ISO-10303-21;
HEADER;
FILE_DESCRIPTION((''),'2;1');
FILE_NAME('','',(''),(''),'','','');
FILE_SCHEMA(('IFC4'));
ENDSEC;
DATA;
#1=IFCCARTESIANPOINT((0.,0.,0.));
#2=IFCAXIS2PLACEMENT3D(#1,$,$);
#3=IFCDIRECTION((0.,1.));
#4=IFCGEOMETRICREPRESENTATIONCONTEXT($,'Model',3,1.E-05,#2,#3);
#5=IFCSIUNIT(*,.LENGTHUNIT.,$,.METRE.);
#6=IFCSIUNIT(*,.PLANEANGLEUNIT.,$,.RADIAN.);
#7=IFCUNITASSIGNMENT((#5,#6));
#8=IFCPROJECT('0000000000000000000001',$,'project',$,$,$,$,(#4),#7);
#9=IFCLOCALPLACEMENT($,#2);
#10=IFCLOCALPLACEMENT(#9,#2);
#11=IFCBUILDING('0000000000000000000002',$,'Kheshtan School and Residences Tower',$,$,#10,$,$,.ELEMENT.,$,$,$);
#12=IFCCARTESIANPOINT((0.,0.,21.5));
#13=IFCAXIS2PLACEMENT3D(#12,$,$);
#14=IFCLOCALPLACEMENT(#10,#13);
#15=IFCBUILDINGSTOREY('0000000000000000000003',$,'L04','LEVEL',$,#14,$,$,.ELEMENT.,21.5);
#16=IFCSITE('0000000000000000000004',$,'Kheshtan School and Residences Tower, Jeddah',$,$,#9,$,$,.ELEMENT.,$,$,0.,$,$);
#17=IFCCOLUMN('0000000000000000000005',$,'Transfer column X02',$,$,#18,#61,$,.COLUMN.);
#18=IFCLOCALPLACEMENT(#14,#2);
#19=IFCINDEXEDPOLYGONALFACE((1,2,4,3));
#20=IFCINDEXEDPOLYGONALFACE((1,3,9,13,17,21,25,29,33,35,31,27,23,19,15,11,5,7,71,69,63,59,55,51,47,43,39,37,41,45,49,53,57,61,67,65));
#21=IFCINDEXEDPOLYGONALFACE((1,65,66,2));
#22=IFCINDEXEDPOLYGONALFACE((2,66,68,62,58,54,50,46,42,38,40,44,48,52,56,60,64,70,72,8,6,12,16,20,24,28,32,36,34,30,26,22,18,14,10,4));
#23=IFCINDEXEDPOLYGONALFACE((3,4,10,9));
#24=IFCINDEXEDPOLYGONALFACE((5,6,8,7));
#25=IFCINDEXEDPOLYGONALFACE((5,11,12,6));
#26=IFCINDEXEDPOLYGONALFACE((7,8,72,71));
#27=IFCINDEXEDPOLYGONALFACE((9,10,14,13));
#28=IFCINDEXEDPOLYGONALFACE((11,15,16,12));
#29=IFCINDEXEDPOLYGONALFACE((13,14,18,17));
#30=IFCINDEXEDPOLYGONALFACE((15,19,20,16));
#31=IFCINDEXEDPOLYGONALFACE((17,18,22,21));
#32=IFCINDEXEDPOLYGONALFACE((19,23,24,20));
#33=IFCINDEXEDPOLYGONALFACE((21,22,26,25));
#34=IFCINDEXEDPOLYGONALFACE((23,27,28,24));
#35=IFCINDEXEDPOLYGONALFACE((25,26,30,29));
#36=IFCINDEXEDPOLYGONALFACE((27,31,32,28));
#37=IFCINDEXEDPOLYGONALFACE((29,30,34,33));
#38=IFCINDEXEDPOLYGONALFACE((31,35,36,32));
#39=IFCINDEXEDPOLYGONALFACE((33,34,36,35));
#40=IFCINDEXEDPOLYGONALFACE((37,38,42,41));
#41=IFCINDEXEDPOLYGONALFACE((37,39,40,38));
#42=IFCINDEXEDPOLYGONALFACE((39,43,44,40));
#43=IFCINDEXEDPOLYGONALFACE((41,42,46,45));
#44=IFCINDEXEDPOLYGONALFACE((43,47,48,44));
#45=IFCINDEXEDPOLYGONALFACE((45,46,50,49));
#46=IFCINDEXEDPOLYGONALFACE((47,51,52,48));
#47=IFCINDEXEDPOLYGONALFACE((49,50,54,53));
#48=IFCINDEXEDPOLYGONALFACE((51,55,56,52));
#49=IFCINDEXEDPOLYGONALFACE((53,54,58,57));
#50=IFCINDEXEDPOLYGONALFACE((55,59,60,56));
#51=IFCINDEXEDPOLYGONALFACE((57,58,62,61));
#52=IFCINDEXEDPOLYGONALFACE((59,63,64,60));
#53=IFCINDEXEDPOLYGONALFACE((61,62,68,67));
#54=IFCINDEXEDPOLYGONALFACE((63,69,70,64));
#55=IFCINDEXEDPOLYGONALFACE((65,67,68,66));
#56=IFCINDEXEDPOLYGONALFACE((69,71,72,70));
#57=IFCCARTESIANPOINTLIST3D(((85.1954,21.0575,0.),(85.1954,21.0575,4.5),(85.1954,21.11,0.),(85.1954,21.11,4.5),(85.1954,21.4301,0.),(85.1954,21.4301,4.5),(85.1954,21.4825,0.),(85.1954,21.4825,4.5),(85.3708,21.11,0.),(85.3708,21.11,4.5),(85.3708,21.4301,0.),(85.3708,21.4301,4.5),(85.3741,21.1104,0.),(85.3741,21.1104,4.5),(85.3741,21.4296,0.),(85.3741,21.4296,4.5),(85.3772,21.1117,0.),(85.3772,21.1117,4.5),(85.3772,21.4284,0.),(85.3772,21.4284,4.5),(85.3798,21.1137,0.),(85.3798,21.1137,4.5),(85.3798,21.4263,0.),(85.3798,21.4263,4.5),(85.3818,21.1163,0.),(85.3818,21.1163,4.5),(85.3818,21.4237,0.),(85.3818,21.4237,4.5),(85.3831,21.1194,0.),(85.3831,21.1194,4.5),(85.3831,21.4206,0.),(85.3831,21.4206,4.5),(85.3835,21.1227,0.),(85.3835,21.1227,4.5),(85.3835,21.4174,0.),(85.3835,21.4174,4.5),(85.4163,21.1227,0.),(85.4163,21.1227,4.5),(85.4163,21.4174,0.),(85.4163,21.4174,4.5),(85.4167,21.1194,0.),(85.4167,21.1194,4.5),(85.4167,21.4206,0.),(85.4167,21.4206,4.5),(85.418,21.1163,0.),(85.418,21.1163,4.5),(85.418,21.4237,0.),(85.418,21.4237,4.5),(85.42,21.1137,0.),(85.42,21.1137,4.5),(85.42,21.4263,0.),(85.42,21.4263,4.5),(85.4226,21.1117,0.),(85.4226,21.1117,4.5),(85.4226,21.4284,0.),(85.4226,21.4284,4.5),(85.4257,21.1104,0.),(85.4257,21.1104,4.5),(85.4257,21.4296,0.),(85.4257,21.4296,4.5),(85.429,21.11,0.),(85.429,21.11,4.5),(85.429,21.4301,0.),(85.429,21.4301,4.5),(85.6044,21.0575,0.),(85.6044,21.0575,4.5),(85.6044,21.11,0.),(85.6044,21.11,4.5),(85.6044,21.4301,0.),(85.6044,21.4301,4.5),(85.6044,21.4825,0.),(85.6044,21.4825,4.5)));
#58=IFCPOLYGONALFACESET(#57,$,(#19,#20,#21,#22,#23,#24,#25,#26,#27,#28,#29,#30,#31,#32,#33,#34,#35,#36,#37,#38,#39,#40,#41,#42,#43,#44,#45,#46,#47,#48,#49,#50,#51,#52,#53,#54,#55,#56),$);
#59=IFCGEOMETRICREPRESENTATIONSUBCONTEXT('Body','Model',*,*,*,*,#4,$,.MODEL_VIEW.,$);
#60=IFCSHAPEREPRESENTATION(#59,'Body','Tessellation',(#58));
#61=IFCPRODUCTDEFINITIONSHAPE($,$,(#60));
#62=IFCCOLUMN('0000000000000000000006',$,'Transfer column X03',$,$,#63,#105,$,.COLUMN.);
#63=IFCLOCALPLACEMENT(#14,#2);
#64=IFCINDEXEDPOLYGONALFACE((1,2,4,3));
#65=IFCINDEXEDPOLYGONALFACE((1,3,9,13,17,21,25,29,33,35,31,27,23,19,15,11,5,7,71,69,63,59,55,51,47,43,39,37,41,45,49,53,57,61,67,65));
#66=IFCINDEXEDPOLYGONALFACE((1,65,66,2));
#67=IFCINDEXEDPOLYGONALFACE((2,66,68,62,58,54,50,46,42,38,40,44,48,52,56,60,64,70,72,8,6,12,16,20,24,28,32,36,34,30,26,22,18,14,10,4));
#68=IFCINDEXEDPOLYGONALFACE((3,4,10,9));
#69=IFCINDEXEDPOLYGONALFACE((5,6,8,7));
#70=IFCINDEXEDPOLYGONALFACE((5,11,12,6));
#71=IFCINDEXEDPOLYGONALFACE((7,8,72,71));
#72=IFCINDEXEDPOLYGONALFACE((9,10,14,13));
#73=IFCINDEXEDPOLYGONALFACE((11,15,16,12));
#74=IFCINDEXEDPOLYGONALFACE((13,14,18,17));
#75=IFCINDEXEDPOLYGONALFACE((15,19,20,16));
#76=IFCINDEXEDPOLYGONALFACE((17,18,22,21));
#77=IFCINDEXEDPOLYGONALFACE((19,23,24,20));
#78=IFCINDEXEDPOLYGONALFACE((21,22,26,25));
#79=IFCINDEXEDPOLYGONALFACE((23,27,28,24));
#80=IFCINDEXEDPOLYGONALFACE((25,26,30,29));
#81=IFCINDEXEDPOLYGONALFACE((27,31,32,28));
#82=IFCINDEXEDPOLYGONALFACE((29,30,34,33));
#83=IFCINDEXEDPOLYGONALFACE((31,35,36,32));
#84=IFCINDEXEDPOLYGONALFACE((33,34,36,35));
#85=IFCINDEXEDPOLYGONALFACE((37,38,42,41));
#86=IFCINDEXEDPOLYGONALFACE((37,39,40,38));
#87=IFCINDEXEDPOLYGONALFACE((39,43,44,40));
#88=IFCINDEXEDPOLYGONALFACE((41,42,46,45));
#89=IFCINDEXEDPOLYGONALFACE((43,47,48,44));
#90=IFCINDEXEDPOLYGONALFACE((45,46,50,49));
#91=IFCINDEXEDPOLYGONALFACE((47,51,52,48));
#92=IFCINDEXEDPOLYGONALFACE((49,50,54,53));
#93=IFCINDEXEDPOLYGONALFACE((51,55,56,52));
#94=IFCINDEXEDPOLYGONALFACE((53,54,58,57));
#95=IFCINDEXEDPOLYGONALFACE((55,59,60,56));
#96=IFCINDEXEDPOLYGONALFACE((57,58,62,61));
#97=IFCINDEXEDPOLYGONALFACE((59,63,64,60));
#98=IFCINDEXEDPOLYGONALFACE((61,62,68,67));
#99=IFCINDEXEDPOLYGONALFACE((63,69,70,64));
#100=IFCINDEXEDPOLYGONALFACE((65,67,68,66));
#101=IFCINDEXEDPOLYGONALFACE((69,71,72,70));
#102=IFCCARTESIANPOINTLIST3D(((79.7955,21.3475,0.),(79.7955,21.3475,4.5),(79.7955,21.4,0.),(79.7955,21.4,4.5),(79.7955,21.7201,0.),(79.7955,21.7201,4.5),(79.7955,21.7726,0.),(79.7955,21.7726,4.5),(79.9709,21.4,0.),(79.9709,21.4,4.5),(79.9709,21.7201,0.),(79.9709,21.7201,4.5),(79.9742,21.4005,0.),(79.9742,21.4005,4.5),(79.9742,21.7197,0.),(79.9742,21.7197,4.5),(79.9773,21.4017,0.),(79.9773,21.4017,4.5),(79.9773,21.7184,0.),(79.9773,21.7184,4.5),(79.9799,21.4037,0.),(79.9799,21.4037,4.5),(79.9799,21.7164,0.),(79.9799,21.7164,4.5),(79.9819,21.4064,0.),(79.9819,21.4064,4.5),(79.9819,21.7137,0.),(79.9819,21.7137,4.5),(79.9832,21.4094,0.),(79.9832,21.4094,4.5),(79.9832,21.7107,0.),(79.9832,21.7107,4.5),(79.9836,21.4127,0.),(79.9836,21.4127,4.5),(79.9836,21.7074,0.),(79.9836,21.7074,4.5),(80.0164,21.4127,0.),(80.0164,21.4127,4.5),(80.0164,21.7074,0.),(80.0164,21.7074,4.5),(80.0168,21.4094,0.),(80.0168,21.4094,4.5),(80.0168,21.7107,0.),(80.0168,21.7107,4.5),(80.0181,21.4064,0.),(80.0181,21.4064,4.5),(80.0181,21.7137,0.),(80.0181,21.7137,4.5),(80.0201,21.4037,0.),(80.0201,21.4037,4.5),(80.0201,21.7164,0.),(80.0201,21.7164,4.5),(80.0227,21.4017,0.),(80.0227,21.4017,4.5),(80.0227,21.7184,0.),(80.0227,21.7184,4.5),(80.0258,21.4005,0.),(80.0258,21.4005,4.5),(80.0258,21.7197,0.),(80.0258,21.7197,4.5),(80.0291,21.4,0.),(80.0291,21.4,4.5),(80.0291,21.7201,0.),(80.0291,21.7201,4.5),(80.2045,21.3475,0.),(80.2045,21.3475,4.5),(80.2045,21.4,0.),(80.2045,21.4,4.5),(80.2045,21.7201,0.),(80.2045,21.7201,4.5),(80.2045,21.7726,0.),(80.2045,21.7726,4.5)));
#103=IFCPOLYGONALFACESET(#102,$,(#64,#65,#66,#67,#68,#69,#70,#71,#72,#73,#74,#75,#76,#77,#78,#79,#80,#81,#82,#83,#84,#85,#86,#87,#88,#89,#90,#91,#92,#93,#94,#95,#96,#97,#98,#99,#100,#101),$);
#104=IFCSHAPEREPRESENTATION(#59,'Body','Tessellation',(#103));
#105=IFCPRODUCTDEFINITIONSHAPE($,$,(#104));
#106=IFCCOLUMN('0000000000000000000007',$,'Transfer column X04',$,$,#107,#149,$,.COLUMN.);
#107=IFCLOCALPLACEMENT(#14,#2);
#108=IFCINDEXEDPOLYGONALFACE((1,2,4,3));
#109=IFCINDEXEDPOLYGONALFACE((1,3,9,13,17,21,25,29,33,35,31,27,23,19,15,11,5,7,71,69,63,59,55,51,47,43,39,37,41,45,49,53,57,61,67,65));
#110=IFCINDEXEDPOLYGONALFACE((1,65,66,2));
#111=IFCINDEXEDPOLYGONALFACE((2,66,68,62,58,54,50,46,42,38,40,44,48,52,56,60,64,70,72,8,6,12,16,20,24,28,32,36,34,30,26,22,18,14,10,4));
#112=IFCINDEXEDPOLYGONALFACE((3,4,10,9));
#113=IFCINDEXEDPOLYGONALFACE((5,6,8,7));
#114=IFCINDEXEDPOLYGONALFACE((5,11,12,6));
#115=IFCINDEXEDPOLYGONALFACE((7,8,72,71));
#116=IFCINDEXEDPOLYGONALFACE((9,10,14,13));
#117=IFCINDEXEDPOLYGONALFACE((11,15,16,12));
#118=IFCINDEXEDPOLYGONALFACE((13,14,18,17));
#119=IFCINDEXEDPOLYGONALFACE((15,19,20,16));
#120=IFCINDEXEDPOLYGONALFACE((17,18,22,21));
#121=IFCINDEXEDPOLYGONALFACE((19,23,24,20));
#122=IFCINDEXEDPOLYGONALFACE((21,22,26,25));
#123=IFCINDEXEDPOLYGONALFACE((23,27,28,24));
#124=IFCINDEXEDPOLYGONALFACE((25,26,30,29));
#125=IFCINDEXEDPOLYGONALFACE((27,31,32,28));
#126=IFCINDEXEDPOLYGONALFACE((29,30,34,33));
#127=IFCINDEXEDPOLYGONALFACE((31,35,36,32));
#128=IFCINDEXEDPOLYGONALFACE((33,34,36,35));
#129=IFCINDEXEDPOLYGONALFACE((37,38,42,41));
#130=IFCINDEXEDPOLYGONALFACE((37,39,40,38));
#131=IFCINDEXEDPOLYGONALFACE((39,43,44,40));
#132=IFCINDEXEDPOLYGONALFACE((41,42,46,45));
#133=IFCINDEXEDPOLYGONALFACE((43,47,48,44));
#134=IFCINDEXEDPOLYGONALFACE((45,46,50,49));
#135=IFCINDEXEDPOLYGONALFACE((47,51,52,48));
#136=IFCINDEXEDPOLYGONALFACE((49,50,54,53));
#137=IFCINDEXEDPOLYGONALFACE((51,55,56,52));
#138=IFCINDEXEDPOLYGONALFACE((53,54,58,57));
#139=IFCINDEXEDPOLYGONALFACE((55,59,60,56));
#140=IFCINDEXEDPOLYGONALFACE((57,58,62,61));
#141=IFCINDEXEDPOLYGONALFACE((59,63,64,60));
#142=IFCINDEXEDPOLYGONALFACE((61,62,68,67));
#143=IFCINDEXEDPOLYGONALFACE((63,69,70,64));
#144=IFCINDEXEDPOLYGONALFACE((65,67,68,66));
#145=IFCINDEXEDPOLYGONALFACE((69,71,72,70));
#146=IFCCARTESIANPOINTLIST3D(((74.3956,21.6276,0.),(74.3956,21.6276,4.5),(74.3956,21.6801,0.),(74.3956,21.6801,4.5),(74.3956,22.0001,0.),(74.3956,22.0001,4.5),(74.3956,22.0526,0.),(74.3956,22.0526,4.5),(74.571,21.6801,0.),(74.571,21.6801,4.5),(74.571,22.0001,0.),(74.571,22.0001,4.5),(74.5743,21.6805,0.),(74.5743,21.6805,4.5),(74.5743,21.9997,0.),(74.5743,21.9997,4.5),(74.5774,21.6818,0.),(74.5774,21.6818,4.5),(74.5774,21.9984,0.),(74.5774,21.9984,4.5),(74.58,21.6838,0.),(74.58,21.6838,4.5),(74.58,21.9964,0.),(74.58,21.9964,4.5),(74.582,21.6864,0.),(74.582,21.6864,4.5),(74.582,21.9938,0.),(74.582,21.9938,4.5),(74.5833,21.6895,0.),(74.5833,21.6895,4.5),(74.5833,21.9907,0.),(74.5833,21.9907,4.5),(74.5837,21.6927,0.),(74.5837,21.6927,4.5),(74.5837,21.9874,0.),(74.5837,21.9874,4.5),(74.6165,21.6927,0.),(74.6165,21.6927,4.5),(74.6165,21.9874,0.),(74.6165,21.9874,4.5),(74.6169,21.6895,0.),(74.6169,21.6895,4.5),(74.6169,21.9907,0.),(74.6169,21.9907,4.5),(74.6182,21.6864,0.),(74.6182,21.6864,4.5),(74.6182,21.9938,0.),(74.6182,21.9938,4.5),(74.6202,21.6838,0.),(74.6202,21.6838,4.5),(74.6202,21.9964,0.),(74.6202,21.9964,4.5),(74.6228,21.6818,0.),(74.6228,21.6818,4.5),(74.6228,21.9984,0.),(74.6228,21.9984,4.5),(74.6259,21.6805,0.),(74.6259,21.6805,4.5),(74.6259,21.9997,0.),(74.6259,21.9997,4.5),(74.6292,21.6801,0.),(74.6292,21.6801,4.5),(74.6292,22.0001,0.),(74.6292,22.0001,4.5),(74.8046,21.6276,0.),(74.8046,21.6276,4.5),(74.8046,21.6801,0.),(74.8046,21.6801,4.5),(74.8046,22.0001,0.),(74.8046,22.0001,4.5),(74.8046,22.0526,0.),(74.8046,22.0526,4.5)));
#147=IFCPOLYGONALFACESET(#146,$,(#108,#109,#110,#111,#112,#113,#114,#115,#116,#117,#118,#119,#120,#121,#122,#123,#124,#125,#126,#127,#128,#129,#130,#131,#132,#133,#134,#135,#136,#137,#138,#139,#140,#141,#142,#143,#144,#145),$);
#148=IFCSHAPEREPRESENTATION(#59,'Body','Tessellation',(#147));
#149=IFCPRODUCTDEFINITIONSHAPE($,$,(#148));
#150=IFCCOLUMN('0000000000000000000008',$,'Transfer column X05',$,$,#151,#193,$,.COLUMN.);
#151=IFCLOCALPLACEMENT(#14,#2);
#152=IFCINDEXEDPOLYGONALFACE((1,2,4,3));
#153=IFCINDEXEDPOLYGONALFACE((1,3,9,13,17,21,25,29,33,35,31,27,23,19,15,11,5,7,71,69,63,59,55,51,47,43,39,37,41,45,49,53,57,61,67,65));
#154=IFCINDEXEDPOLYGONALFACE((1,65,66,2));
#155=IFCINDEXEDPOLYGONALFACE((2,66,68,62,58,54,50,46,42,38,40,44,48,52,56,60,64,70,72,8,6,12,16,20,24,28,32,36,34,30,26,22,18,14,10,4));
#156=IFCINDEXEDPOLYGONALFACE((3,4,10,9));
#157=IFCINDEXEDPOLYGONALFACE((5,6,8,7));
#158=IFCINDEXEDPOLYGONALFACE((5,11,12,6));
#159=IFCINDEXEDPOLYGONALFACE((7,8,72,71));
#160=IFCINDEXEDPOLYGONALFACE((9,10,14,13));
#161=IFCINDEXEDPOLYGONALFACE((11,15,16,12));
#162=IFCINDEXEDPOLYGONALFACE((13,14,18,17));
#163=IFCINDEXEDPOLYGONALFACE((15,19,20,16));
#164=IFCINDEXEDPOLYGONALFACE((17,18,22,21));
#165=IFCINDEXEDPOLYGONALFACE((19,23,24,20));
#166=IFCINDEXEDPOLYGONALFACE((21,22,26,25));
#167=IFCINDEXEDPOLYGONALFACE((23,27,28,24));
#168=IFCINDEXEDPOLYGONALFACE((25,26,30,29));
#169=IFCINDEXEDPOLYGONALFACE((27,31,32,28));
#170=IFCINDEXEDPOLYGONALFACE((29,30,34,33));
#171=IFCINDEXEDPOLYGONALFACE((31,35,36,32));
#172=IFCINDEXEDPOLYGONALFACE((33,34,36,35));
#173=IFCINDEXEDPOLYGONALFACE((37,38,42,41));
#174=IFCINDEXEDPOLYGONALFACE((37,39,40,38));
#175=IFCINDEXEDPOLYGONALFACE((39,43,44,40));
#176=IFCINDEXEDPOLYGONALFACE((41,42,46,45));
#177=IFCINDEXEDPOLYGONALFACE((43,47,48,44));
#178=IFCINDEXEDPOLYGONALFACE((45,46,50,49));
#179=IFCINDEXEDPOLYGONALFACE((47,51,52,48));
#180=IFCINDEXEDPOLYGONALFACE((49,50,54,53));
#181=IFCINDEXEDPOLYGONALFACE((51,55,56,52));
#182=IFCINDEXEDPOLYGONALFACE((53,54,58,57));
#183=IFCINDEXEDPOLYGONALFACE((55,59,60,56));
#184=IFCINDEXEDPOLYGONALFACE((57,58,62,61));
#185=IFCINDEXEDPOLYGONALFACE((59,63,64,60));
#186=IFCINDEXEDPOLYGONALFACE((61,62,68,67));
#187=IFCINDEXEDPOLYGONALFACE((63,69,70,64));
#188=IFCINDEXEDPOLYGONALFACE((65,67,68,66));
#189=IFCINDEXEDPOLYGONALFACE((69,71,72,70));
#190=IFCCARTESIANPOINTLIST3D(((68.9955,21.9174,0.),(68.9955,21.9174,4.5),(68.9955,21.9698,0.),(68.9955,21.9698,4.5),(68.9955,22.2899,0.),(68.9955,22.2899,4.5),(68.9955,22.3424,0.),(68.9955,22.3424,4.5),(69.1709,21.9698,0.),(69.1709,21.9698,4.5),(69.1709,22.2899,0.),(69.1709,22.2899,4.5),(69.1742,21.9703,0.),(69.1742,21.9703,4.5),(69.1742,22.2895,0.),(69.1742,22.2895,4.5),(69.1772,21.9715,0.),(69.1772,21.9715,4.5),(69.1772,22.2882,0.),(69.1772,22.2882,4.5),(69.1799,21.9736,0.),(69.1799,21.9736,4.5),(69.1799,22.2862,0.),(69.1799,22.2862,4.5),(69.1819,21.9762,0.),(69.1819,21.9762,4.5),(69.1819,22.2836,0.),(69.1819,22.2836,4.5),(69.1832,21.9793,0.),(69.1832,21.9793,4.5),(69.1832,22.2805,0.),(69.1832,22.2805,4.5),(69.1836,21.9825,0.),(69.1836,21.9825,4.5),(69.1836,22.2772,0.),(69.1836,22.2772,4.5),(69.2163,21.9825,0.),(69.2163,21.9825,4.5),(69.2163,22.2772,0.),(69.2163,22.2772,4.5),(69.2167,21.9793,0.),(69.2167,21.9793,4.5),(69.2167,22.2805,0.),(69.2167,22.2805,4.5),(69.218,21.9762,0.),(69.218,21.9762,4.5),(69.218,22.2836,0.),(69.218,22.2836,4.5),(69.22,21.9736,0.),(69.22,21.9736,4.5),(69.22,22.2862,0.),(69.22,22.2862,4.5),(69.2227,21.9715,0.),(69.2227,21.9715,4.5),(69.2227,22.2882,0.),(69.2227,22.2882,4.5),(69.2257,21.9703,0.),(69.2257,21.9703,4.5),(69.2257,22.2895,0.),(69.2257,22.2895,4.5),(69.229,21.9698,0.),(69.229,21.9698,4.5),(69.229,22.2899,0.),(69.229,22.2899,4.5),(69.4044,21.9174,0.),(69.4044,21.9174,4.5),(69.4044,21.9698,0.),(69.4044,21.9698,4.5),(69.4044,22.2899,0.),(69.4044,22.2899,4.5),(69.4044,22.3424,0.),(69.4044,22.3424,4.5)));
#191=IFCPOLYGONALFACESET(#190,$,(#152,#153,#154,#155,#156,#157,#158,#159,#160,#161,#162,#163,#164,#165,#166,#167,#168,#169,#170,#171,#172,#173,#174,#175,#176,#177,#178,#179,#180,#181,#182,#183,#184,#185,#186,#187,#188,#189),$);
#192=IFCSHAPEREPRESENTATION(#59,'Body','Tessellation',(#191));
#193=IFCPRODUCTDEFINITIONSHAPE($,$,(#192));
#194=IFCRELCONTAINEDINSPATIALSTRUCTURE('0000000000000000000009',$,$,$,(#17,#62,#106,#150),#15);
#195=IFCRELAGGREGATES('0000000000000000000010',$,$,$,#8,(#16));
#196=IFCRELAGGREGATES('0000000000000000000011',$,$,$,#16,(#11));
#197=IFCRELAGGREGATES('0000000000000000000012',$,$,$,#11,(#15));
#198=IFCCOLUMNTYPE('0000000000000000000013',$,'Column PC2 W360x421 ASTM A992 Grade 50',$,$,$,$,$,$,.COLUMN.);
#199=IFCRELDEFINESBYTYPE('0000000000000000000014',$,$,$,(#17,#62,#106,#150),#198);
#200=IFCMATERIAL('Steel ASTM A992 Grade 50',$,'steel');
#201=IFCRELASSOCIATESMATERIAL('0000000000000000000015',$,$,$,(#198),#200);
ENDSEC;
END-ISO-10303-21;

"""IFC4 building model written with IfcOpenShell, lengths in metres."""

from ifc_helpers import new_model, si_unit, direction, frame, origin, origin_2d, place, context, subcontext, project, spatial, i_section, extrude, material, material_profile, profile_set, type_object, element, save


model = new_model("IFC4")

# Units and contexts
model_context = context("Model", 3, precision=1e-05, world=origin(), true_north=direction((0.0, 1.0)))
body_context = subcontext(model_context, "Body", "Model", "MODEL_VIEW")
ifc_project = project(units=[si_unit("LENGTHUNIT", "METRE"), si_unit("PLANEANGLEUNIT", "RADIAN")], contexts=[model_context])

# Site, building, storey
site_placement = place(None, origin())
site = spatial("IfcSite", under=ifc_project, at=site_placement, Name="Kheshtan School and Residences Tower, Jeddah", CompositionType="ELEMENT", RefElevation=0.0)
building_placement = place(site_placement, origin())
building = spatial("IfcBuilding", under=site, at=building_placement, Name="Kheshtan School and Residences Tower", CompositionType="ELEMENT")
storey_placement = place(building_placement, frame((0.0, 0.0, 21.5)))
storey = spatial("IfcBuildingStorey", under=building, at=storey_placement, Name="L04", Description="LEVEL", CompositionType="ELEMENT", Elevation=21.5)

# Columns
ifc_material_1 = material(Name="Steel ASTM A992 Grade 50", Category="steel")
ifc_material_profile_1 = material_profile(ifc_material_1, i_section(OverallWidth=0.4089, OverallDepth=0.425, WebThickness=0.0327, FlangeThickness=0.0525, FilletRadius=0.0127, at=origin_2d()), Name="W360x421")
ifc_profile_set_1 = profile_set([ifc_material_profile_1], Name="Steel ASTM A992 Grade 50")
column_type = type_object("IfcColumnType", Name="Column PC2 W360x421 ASTM A992 Grade 50", PredefinedType="COLUMN", material=ifc_profile_set_1)
for number, where, z_axis, x_axis, name in (
    (1, (85.3999, 21.27, 0.0), (0.0, 0.0, 1.0), (1.0, 0.0, 0.0), "Transfer column X02"),
    (2, (80.0, 21.5601, 0.0), (0.0, 0.0, 1.0), (1.0, 0.0, 0.0), "Transfer column X03"),
    (3, (74.6001, 21.8401, 0.0), (0.0, 0.0, 1.0), (1.0, 0.0, 0.0), "Transfer column X04"),
    (4, (69.2, 22.1299, 0.0), (0.0, 0.0, 1.0), (1.0, 0.0, 0.0), "Transfer column X05"),
):
    element("IfcColumn", number, at=place(storey_placement, frame(where, z_axis=z_axis, x_axis=x_axis)), inside=storey, type_object=column_type, Name=name, PredefinedType="COLUMN", context=body_context, shape_type="SweptSolid", body=[
        extrude(i_section(OverallWidth=0.4089, OverallDepth=0.425, WebThickness=0.0327, FlangeThickness=0.0525, FilletRadius=0.0127, at=origin_2d()), origin(), (0.0, 0.0, 1.0), 4.5),
    ])

save(model, "model.ifc")
